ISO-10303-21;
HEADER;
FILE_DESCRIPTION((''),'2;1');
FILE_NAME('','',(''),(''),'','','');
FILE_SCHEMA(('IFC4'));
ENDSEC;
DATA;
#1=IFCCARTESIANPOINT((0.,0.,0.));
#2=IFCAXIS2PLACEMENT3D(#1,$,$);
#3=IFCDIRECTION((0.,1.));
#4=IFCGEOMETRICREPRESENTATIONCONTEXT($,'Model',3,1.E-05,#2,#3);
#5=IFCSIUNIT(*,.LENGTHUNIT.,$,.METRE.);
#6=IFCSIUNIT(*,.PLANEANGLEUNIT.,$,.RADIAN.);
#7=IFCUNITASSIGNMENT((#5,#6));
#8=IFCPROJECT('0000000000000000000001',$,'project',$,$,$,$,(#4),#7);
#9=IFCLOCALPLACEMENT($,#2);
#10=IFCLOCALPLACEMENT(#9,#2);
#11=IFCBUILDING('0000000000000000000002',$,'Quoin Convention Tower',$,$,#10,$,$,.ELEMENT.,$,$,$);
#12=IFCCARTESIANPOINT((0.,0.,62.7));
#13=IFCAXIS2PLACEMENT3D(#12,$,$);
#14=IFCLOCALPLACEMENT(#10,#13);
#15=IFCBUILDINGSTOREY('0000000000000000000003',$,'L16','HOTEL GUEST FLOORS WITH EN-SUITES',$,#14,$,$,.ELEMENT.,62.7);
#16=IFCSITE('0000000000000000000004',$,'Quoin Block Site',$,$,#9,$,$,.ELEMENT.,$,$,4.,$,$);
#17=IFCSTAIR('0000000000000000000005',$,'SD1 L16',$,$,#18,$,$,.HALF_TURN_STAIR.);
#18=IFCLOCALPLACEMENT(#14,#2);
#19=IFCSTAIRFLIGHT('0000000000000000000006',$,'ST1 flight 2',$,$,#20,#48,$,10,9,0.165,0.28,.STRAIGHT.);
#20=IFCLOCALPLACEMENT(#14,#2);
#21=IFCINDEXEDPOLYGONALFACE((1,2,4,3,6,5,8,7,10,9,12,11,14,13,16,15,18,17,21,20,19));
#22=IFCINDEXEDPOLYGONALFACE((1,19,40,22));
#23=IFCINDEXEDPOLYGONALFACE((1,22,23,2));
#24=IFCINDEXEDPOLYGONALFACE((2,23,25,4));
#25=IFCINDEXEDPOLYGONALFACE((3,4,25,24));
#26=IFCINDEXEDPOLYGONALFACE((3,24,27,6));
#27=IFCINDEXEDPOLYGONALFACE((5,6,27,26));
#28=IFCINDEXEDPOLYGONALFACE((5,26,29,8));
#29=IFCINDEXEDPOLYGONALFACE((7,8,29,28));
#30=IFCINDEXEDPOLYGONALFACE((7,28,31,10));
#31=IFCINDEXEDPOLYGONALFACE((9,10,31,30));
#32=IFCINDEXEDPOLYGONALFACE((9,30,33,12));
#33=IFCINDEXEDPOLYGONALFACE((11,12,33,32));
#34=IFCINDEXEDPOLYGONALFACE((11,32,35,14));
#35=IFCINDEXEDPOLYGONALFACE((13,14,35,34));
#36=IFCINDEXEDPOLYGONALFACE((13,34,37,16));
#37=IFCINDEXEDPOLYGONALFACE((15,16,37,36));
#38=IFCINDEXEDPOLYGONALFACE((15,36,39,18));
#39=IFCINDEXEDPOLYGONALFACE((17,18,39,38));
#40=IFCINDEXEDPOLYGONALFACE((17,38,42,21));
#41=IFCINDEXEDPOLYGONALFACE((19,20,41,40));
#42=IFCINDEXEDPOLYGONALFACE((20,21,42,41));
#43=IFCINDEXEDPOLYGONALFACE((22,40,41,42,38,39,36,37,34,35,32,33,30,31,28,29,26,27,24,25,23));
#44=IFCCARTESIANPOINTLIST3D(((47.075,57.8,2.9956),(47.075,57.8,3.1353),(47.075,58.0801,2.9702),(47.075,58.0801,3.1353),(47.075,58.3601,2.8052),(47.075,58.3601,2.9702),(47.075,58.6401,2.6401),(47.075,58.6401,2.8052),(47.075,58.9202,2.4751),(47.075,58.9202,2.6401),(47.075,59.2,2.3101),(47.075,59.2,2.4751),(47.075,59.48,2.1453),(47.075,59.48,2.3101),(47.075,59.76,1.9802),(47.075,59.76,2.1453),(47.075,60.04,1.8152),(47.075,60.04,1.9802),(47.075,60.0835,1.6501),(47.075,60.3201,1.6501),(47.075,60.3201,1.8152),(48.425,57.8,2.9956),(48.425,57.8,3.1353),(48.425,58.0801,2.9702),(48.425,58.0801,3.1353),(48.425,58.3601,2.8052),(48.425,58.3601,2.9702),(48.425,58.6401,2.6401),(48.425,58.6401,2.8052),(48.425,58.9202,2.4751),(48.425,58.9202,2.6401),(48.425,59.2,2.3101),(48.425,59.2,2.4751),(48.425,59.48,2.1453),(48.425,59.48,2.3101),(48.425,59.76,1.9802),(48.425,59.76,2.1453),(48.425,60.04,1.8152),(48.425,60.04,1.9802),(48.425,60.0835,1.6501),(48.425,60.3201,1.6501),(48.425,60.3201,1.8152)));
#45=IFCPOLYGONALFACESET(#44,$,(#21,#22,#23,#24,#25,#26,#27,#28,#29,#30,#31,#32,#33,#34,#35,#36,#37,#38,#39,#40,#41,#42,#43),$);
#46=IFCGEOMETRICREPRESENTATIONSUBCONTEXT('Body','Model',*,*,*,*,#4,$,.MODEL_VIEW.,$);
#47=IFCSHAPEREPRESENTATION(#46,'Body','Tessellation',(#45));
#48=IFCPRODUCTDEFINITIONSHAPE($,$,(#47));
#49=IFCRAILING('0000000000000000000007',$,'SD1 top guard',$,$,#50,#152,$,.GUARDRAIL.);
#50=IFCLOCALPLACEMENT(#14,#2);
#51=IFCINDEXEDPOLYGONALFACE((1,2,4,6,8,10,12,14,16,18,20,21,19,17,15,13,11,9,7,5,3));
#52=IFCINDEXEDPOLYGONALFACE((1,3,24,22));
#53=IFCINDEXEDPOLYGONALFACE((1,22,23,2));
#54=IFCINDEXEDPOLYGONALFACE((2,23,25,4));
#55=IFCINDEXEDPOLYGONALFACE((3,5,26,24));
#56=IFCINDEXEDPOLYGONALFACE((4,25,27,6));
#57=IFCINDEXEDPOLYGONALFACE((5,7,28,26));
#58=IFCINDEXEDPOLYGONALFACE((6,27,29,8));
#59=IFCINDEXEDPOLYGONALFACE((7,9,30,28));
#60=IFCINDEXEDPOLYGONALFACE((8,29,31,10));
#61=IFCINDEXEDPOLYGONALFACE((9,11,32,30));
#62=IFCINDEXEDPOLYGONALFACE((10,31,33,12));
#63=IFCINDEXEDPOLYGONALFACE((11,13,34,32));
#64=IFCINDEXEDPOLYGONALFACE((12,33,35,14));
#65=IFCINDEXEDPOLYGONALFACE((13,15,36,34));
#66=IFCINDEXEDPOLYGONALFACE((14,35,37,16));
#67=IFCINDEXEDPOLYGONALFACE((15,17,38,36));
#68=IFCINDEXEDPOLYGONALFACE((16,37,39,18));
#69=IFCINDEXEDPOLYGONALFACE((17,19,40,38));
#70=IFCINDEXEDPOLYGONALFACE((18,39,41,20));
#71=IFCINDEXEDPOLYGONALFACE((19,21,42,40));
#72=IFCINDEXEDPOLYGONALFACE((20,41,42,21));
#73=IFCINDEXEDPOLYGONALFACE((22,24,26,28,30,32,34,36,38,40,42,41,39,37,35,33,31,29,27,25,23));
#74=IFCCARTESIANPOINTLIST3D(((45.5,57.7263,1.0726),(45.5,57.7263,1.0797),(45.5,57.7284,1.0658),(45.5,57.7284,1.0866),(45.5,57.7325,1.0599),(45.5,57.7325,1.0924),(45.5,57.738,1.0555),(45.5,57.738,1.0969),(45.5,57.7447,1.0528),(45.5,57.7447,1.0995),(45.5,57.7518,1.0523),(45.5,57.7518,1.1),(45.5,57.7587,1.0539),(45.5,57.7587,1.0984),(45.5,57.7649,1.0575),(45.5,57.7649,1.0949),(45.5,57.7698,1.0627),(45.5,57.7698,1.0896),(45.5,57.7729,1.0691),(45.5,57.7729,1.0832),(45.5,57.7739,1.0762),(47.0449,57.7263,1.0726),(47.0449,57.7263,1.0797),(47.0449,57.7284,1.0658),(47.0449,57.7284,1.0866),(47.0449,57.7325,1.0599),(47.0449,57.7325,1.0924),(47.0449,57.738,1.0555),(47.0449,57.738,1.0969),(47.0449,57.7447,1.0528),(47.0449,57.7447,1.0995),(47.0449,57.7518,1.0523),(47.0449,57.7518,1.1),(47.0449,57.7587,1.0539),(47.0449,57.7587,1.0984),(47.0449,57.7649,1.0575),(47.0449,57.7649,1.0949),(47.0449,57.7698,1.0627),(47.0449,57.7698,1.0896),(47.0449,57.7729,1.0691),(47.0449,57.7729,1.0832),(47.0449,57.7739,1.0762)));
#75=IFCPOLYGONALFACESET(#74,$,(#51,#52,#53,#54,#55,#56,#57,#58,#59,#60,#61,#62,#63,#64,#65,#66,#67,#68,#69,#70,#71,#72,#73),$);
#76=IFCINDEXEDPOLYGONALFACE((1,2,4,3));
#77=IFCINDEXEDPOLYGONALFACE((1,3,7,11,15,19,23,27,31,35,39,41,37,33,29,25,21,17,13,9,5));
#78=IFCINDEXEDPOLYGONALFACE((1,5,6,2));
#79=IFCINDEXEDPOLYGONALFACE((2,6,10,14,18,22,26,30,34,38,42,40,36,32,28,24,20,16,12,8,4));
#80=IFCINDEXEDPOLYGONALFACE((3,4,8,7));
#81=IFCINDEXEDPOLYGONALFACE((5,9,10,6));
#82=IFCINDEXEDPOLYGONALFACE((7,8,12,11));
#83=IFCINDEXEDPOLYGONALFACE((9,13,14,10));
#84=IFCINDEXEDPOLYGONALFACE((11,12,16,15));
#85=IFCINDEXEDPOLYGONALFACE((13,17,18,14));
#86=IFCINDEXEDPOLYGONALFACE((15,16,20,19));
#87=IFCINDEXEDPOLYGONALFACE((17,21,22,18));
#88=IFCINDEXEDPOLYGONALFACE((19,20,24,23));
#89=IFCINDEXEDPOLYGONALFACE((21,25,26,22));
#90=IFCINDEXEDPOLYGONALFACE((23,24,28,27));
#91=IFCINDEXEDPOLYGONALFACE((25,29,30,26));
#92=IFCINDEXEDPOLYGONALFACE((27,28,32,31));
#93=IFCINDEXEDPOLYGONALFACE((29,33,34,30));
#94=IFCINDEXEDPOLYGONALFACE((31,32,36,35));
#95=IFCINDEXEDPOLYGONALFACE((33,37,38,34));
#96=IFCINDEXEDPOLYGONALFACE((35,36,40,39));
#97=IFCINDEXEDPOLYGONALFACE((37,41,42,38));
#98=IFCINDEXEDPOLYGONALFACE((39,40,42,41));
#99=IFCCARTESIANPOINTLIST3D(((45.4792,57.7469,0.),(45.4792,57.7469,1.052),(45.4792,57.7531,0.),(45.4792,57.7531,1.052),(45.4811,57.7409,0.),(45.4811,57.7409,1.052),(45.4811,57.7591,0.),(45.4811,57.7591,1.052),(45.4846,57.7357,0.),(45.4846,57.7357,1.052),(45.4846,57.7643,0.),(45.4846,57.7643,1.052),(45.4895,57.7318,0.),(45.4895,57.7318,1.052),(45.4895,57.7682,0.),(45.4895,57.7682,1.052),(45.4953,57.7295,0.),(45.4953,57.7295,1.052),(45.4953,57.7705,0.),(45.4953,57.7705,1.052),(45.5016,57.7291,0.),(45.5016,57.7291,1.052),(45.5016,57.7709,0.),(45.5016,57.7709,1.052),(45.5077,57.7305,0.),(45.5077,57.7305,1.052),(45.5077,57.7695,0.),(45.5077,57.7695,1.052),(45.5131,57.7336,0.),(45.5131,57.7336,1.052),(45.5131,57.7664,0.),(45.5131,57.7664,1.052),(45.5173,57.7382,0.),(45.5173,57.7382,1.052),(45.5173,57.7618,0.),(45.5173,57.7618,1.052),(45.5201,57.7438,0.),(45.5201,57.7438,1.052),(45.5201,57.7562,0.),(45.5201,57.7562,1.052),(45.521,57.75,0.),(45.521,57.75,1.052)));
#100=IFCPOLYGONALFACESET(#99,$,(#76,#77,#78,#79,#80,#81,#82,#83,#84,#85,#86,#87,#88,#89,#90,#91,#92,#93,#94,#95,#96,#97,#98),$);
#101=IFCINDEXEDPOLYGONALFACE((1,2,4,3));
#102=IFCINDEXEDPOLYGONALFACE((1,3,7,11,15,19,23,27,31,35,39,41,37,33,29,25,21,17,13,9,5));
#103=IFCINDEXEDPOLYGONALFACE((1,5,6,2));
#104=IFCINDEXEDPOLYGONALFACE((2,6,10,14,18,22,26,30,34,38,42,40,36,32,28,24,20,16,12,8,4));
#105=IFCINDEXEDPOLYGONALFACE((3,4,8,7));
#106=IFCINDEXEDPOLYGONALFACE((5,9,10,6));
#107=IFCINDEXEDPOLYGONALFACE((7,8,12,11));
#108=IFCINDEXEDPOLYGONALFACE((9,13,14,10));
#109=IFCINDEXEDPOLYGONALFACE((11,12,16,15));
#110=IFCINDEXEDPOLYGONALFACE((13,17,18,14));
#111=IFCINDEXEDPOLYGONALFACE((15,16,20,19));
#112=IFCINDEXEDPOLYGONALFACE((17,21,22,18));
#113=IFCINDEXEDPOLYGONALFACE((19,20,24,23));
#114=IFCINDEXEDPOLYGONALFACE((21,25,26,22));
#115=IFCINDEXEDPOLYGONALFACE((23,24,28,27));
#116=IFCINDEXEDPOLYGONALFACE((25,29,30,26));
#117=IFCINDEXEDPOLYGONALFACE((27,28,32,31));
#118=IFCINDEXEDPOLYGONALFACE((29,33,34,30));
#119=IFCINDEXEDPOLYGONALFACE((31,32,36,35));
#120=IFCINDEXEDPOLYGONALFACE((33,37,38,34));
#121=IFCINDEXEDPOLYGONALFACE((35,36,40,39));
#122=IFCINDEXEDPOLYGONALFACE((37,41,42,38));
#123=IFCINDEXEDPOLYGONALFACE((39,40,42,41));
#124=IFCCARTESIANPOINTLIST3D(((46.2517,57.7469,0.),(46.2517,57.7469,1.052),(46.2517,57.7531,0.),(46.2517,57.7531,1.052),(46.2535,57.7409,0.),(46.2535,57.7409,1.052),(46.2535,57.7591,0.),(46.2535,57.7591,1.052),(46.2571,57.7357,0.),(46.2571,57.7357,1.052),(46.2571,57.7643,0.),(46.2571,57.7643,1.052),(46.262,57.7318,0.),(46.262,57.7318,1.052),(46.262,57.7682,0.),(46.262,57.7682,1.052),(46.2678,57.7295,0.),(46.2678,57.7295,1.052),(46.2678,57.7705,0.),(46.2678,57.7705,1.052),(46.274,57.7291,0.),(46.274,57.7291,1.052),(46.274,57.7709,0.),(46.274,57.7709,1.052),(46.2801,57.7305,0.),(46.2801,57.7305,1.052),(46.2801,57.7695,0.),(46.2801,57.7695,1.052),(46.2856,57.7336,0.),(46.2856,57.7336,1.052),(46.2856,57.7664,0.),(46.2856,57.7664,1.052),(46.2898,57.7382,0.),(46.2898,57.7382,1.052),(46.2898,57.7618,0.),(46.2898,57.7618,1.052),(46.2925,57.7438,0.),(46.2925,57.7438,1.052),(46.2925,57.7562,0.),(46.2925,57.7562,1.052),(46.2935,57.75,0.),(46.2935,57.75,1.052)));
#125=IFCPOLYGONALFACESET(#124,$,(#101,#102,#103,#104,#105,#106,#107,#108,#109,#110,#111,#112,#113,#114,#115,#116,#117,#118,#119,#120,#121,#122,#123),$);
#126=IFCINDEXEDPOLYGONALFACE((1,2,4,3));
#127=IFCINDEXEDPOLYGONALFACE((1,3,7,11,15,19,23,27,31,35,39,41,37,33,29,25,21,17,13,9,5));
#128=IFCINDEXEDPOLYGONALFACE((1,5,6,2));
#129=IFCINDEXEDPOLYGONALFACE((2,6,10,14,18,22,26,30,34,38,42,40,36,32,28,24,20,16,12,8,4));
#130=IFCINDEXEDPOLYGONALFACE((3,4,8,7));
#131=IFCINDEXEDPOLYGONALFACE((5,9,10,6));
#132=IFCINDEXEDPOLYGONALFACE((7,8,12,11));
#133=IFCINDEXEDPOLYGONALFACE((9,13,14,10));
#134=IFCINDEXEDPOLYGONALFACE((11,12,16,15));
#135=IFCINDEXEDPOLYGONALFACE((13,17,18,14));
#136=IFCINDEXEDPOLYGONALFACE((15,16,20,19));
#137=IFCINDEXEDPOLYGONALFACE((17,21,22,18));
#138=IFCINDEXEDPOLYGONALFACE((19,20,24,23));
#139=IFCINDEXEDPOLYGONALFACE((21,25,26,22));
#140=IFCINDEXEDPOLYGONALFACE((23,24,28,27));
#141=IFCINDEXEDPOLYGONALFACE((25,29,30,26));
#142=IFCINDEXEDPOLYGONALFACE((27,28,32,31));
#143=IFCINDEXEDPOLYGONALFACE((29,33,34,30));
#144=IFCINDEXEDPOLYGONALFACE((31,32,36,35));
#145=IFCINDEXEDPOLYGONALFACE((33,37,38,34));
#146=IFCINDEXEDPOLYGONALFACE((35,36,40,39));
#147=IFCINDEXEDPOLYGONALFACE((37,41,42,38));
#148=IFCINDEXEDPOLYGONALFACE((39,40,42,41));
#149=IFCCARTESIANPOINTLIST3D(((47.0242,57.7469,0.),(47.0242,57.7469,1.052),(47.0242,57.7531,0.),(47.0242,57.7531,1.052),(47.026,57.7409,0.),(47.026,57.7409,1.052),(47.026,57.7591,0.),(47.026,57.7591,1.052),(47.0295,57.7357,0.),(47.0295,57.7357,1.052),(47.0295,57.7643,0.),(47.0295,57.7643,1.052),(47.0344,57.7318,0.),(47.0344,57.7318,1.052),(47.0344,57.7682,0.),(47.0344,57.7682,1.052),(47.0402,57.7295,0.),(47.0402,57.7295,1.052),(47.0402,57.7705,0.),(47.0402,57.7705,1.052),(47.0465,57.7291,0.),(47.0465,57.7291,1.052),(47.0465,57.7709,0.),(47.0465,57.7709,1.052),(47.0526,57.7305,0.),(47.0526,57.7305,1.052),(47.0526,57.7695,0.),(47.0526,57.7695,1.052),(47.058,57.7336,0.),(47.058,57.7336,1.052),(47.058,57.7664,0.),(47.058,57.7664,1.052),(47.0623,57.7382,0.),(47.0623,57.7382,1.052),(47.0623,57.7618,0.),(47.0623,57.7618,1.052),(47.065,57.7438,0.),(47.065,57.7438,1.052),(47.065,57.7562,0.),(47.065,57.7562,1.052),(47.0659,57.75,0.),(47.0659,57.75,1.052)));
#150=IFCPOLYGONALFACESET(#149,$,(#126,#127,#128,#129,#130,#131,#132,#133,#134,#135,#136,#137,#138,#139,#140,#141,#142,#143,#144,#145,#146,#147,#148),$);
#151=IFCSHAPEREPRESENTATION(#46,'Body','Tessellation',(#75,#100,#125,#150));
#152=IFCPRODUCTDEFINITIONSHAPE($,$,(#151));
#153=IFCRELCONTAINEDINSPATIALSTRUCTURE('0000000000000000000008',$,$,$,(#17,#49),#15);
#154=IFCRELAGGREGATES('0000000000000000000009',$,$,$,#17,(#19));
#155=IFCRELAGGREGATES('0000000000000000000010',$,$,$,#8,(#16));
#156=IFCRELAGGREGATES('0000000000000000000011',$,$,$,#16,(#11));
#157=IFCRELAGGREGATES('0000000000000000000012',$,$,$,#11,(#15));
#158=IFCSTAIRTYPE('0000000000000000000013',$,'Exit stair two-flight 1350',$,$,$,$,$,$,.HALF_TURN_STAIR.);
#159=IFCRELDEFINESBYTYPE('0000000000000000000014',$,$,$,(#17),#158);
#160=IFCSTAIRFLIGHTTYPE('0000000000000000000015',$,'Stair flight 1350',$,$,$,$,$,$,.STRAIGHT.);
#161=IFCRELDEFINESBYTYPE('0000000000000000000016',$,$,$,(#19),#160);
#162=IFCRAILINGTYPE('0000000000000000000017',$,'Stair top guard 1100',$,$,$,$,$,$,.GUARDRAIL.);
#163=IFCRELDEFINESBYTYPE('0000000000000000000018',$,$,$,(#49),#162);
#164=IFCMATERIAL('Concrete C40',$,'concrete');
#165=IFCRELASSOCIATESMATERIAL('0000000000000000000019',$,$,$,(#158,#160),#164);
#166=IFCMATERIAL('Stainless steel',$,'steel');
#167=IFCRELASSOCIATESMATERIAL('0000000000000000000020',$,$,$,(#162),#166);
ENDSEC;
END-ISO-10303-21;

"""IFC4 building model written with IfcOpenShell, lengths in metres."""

from ifc_helpers import new_model, si_unit, direction, frame, origin, origin_2d, place, context, subcontext, project, spatial, polyline, circle, outline, extrude, material, type_object, element, aggregate, save


model = new_model("IFC4")

# Units and contexts
model_context = context("Model", 3, precision=1e-05, world=origin(), true_north=direction((0.0, 1.0)))
body_context = subcontext(model_context, "Body", "Model", "MODEL_VIEW")
ifc_project = project(units=[si_unit("LENGTHUNIT", "METRE"), si_unit("PLANEANGLEUNIT", "RADIAN")], contexts=[model_context])

# Site, building, storey
site_placement = place(None, origin())
site = spatial("IfcSite", under=ifc_project, at=site_placement, Name="Quoin Block Site", CompositionType="ELEMENT", RefElevation=4.0)
building_placement = place(site_placement, origin())
building = spatial("IfcBuilding", under=site, at=building_placement, Name="Quoin Convention Tower", CompositionType="ELEMENT")
storey_placement = place(building_placement, frame((0.0, 0.0, 62.7)))
storey = spatial("IfcBuildingStorey", under=building, at=storey_placement, Name="L16", Description="HOTEL GUEST FLOORS WITH EN-SUITES", CompositionType="ELEMENT", Elevation=62.7)

# Stair, stair flight
ifc_material_1 = material(Name="Concrete C40", Category="concrete")
stair_type = type_object("IfcStairType", Name="Exit stair two-flight 1350", PredefinedType="HALF_TURN_STAIR", material=ifc_material_1)
stair_placement = place(storey_placement, origin())
stair = element("IfcStair", 1, at=stair_placement, inside=storey, type_object=stair_type, Name="SD1 L16", PredefinedType="HALF_TURN_STAIR")
stair_flight_type = type_object("IfcStairFlightType", Name="Stair flight 1350", PredefinedType="STRAIGHT", material=ifc_material_1)
stair_flight_1_placement = place(storey_placement, frame((47.75, 60.3201, 1.6501), z_axis=(0.0, 0.0, 1.0), x_axis=(0.0, -1.0, 0.0)))
stair_flight_1 = element("IfcStairFlight", 2, at=stair_flight_1_placement, type_object=stair_flight_type, Name="ST1 flight 2", NumberOfRisers=10, NumberOfTreads=9, PredefinedType="STRAIGHT", RiserHeight=0.165, TreadLength=0.28, context=body_context, shape_type="SweptSolid", body=[
    extrude(outline(polyline([(0.0, 0.0), (0.0, 0.165), (0.28, 0.165), (0.28, 0.3301), (0.5601, 0.3301), (0.5601, 0.4951), (0.8401, 0.4951), (0.8401, 0.6599), (1.1201, 0.6599), (1.1201, 0.825), (1.3999, 0.825), (1.3999, 0.99), (1.6799, 0.99), (1.6799, 1.155), (1.96, 1.155), (1.96, 1.3201), (2.24, 1.3201), (2.24, 1.4851), (2.52, 1.4851), (2.52, 1.6499), (2.52, 1.3455), (0.2366, 0.0), (0.0, 0.0)])), frame((0.0, 0.675, 0.0), z_axis=(0.0, -1.0, 0.0), x_axis=(1.0, 0.0, 0.0)), (0.0, 0.0, 1.0), 1.3501),
])
aggregate(stair, [stair_flight_1])

# Railing
ifc_material_2 = material(Name="Stainless steel", Category="steel")
railing_type_1 = type_object("IfcRailingType", Name="Stair top guard 1100", PredefinedType="GUARDRAIL", material=ifc_material_2)
railing_1_placement = place(storey_placement, frame((45.5, 57.75, 0.0)))
element("IfcRailing", 3, at=railing_1_placement, inside=storey, type_object=railing_type_1, Name="SD1 top guard", PredefinedType="GUARDRAIL", context=body_context, shape_type="SweptSolid", body=[
    extrude(circle(Radius=0.0239, at=origin_2d()), frame((0.0, 0.0, 1.0762), z_axis=(1.0, 0.0, 0.0), x_axis=(0.0, 1.0, 0.0)), (0.0, 0.0, 1.0), 1.5449),
    extrude(circle(Radius=0.021, at=origin_2d()), origin(), (0.0, 0.0, 1.0), 1.052),
    extrude(circle(Radius=0.021, at=origin_2d()), frame((0.7725, 0.0, 0.0)), (0.0, 0.0, 1.0), 1.052),
    extrude(circle(Radius=0.021, at=origin_2d()), frame((1.5449, 0.0, 0.0)), (0.0, 0.0, 1.0), 1.052),
])

save(model, "model.ifc")
